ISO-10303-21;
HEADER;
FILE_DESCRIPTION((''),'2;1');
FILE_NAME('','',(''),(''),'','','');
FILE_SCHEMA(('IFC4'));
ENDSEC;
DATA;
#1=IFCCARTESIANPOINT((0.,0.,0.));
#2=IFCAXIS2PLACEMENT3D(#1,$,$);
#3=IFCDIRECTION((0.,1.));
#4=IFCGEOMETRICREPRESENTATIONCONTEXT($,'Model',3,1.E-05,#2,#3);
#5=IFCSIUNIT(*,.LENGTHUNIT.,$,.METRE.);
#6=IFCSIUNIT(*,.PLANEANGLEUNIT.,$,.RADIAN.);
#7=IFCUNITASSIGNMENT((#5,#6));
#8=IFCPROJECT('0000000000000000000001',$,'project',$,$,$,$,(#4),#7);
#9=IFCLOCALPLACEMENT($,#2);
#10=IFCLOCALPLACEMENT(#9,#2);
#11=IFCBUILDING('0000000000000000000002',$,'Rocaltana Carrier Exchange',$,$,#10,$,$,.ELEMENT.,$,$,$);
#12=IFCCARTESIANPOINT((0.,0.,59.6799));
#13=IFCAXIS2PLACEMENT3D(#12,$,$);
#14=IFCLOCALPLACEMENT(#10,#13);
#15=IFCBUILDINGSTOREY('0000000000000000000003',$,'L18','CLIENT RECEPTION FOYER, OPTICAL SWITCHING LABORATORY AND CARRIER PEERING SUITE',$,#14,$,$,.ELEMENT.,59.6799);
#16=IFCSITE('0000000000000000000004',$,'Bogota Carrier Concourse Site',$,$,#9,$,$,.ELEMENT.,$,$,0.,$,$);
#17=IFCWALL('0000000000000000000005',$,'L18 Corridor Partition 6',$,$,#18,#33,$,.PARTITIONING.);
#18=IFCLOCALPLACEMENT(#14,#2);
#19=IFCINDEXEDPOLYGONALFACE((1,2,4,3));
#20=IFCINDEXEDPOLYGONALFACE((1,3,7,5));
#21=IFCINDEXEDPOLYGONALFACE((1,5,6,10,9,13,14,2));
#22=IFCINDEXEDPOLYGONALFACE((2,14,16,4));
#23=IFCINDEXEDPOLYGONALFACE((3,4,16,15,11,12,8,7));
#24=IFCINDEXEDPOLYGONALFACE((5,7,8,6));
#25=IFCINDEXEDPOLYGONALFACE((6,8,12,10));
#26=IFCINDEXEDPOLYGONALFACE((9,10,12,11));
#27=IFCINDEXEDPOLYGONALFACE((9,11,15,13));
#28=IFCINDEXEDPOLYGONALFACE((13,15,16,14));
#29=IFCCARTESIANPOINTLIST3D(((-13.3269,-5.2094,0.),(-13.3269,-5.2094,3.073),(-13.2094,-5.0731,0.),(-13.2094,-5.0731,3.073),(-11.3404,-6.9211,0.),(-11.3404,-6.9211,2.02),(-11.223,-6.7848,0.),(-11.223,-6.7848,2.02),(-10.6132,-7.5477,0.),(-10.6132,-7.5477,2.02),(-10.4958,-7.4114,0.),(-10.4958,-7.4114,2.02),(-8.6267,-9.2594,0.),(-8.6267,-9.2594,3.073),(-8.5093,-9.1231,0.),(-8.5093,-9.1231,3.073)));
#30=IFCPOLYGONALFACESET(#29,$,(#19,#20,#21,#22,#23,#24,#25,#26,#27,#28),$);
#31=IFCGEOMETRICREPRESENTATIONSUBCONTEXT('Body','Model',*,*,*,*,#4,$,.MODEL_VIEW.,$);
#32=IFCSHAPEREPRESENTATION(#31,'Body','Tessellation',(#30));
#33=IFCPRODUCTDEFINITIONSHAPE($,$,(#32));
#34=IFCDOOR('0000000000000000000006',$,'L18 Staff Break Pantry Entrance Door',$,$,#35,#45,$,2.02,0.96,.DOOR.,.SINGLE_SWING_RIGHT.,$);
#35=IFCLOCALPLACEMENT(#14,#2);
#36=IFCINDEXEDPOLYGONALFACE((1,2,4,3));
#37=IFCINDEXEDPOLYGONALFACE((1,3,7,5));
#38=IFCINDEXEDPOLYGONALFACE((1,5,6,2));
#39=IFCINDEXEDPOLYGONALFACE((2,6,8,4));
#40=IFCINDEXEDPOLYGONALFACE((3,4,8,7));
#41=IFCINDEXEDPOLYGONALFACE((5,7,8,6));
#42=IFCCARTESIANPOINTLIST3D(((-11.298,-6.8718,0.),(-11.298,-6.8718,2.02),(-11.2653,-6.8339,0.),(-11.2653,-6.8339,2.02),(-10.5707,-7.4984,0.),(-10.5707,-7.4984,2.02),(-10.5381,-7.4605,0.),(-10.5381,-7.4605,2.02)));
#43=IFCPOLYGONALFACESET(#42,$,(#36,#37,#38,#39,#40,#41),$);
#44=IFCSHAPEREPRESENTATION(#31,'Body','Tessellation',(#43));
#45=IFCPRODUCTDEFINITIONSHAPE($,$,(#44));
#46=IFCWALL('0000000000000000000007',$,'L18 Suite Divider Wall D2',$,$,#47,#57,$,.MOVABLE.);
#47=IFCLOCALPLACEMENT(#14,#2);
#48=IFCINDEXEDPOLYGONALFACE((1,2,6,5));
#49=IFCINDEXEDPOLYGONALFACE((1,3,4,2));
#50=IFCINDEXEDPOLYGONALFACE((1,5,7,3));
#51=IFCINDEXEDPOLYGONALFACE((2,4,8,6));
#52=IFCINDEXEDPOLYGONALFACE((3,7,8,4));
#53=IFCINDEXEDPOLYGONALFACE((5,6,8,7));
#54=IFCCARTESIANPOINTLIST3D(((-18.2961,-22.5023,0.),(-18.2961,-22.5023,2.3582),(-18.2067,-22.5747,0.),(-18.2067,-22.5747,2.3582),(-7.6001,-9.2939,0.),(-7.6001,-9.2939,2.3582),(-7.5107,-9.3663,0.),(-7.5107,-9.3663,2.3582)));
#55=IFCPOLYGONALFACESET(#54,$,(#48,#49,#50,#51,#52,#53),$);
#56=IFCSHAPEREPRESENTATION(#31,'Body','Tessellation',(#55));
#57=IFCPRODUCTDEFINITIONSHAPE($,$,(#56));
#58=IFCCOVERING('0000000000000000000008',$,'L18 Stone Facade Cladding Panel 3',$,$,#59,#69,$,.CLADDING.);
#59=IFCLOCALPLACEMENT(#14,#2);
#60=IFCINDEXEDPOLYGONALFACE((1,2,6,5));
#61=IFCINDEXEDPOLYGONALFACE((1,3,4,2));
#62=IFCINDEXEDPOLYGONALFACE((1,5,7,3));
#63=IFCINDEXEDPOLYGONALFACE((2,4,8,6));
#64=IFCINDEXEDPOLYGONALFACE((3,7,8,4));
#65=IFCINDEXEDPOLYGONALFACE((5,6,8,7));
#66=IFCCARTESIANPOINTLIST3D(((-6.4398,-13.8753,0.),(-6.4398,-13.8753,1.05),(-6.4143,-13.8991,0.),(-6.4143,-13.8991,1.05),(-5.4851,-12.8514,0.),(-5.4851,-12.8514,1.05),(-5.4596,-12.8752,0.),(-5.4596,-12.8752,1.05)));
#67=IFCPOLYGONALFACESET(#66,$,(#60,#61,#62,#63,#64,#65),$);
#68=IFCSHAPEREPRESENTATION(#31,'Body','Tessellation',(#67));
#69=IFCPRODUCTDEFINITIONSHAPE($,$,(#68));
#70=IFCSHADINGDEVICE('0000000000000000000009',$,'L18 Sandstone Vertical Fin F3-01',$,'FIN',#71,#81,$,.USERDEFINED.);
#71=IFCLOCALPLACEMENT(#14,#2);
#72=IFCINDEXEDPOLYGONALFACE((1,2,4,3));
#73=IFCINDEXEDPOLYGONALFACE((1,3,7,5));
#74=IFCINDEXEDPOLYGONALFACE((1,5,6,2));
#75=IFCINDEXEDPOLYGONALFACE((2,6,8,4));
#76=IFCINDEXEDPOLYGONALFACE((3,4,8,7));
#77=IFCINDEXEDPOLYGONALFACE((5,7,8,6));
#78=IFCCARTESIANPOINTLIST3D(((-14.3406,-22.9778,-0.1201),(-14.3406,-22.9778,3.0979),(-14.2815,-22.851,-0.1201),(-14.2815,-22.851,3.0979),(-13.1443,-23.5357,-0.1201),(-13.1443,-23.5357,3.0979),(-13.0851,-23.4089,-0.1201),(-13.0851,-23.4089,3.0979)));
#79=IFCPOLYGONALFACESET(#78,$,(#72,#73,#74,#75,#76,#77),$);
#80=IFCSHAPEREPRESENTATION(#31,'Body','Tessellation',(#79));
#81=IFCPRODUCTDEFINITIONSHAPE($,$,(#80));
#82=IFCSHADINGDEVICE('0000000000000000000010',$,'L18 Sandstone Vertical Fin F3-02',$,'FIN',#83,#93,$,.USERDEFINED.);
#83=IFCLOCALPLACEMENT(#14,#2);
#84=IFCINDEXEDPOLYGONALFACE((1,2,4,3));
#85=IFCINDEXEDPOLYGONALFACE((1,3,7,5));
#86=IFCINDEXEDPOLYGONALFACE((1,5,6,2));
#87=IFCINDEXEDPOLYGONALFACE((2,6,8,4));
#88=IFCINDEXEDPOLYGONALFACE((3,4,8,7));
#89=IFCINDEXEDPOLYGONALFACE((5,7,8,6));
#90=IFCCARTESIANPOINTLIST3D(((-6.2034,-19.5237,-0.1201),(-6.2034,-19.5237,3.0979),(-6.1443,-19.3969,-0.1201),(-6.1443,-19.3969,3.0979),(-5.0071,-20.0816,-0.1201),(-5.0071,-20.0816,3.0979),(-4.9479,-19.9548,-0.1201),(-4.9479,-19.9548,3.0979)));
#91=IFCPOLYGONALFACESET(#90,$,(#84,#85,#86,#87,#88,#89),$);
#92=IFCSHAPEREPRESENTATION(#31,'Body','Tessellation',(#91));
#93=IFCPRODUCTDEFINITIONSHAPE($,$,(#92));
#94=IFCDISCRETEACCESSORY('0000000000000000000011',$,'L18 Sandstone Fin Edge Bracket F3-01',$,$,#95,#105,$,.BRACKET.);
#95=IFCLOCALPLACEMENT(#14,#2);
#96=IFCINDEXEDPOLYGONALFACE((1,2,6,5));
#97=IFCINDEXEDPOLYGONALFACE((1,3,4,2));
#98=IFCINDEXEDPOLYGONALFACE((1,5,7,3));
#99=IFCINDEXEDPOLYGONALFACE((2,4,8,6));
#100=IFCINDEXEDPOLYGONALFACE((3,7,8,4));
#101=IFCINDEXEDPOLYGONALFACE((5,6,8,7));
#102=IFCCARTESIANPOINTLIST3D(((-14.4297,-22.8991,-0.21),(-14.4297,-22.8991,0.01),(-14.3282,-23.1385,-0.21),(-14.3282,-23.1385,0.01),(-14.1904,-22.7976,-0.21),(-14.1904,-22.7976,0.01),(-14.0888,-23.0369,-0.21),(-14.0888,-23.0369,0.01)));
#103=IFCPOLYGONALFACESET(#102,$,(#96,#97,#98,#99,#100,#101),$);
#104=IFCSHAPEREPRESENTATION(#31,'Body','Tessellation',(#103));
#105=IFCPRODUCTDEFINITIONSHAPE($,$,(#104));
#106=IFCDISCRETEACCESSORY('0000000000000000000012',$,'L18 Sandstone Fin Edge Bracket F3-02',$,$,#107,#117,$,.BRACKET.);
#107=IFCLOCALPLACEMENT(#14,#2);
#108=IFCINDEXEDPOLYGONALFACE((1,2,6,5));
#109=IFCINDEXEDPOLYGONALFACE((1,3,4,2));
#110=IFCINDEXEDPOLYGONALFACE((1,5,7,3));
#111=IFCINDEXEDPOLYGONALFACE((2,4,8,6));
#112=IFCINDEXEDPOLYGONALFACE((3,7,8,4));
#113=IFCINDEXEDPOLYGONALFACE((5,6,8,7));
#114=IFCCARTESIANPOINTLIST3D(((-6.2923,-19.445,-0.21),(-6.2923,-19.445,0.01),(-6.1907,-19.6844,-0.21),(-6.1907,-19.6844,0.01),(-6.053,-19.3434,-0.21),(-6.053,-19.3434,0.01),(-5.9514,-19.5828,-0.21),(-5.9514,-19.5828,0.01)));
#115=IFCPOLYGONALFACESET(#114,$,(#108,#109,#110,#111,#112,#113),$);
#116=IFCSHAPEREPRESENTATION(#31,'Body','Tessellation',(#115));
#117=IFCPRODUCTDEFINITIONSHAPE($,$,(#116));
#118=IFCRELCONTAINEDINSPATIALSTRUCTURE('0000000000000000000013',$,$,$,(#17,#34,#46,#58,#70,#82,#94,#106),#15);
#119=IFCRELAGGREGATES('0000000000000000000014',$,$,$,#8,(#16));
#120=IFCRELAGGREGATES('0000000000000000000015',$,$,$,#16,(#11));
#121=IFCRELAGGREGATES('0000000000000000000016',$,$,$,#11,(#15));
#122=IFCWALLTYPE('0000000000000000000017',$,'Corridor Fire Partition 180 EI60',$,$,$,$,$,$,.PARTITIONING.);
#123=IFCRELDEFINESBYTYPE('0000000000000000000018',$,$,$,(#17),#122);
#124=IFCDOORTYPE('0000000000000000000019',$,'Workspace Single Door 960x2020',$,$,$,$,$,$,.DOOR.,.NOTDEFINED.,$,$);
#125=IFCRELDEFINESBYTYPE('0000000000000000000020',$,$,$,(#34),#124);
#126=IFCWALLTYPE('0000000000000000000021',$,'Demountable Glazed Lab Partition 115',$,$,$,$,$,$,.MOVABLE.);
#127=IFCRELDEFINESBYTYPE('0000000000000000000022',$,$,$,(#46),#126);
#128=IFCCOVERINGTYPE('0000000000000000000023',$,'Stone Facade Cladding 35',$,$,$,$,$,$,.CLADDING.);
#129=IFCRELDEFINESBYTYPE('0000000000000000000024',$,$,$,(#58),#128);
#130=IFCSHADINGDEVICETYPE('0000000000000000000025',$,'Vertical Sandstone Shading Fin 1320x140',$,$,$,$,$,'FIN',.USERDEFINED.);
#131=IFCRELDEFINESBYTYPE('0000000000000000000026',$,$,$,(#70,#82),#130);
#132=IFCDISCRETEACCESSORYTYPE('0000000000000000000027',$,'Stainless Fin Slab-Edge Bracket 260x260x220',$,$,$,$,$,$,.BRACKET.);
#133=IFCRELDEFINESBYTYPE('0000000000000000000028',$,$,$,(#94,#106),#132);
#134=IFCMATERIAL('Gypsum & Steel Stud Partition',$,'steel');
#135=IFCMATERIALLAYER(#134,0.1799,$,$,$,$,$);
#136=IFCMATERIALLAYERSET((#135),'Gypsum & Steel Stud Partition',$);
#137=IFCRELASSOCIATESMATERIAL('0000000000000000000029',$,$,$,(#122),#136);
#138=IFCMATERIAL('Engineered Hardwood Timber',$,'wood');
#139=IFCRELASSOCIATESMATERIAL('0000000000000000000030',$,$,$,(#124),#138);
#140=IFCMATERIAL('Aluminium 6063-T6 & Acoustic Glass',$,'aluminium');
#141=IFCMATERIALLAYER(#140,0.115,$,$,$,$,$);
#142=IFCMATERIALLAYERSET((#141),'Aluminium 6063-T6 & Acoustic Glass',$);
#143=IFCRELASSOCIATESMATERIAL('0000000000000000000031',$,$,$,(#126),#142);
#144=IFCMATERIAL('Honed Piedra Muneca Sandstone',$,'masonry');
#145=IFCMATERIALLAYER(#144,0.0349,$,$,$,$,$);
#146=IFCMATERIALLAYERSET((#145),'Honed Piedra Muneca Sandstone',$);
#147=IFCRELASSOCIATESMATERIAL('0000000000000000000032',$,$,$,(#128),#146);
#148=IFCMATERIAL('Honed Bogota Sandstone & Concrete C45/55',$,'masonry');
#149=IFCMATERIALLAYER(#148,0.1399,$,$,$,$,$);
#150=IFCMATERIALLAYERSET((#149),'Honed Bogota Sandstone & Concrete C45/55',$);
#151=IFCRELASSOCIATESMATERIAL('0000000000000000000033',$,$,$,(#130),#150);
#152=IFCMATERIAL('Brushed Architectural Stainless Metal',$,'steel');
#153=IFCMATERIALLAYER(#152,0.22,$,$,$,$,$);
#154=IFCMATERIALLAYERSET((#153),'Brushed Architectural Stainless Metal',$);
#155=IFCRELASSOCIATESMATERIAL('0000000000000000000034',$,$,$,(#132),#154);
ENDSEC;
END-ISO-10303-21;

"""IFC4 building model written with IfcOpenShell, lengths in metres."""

from ifc_helpers import new_model, si_unit, direction, frame, frame_2d, origin, origin_2d, place, context, subcontext, project, spatial, rectangle, extrude, material, layer, layer_set, type_object, element, fill, save


model = new_model("IFC4")

# Units and contexts
model_context = context("Model", 3, precision=1e-05, world=origin(), true_north=direction((0.0, 1.0)))
body_context = subcontext(model_context, "Body", "Model", "MODEL_VIEW")
ifc_project = project(units=[si_unit("LENGTHUNIT", "METRE"), si_unit("PLANEANGLEUNIT", "RADIAN")], contexts=[model_context])

# Site, building, storey
site_placement = place(None, origin())
site = spatial("IfcSite", under=ifc_project, at=site_placement, Name="Bogota Carrier Concourse Site", CompositionType="ELEMENT", RefElevation=0.0)
building_placement = place(site_placement, origin())
building = spatial("IfcBuilding", under=site, at=building_placement, Name="Rocaltana Carrier Exchange", CompositionType="ELEMENT")
storey_placement = place(building_placement, frame((0.0, 0.0, 59.6799)))
storey = spatial("IfcBuildingStorey", under=building, at=storey_placement, Name="L18", Description="CLIENT RECEPTION FOYER, OPTICAL SWITCHING LABORATORY AND CARRIER PEERING SUITE", CompositionType="ELEMENT", Elevation=59.6799)

# Wall, opening, door
ifc_material_1 = material(Name="Gypsum & Steel Stud Partition", Category="steel")
ifc_layer_1 = layer(ifc_material_1, 0.1799)
ifc_layer_set_1 = layer_set([ifc_layer_1], Name="Gypsum & Steel Stud Partition")
wall_type_1 = type_object("IfcWallType", Name="Corridor Fire Partition 180 EI60", PredefinedType="PARTITIONING", material=ifc_layer_set_1)
wall_1_placement = place(storey_placement, frame((-8.5681, -9.1912, 0.0), z_axis=(0.0, 0.0, 1.0), x_axis=(-0.757557, 0.652769, 0.0)))
wall_1 = element("IfcWall", 1, at=wall_1_placement, inside=storey, type_object=wall_type_1, Name="L18 Corridor Partition 6", PredefinedType="PARTITIONING", context=body_context, shape_type="SweptSolid", body=[
    extrude(rectangle(XDim=6.2043, YDim=0.1799, at=frame_2d((3.1021, 0.0))), origin(), (0.0, 0.0, 1.0), 3.073),
])
opening_placement = place(wall_1_placement, frame((2.6221, 0.0, 0.0)))
opening = element("IfcOpeningElement", 2, at=opening_placement, cuts=wall_1, PredefinedType="OPENING", context=body_context, shape_type="SweptSolid", body=[
    extrude(rectangle(XDim=0.96, YDim=2.02, at=frame_2d((0.48, 1.01))), frame((0.0, 0.0999, 0.0), z_axis=(0.0, -1.0, 0.0), x_axis=(1.0, 0.0, 0.0)), (0.0, 0.0, 1.0), 0.2),
])
ifc_material_2 = material(Name="Engineered Hardwood Timber", Category="wood")
door_type = type_object("IfcDoorType", Name="Workspace Single Door 960x2020", OperationType="NOTDEFINED", PredefinedType="DOOR", material=ifc_material_2)
door_placement = place(opening_placement, origin())
door = element("IfcDoor", 3, at=door_placement, inside=storey, type_object=door_type, Name="L18 Staff Break Pantry Entrance Door", OperationType="SINGLE_SWING_RIGHT", OverallHeight=2.02, OverallWidth=0.96, PredefinedType="DOOR", context=body_context, shape_type="SweptSolid", body=[
    extrude(rectangle(XDim=0.96, YDim=2.02, at=frame_2d((0.48, 1.01))), frame((0.0, 0.0249, 0.0), z_axis=(0.0, -1.0, 0.0), x_axis=(1.0, 0.0, 0.0)), (0.0, 0.0, 1.0), 0.05),
])
fill(opening, door)

# Wall
ifc_material_3 = material(Name="Aluminium 6063-T6 & Acoustic Glass", Category="aluminium")
ifc_layer_2 = layer(ifc_material_3, 0.115)
ifc_layer_set_2 = layer_set([ifc_layer_2], Name="Aluminium 6063-T6 & Acoustic Glass")
wall_type_2 = type_object("IfcWallType", Name="Demountable Glazed Lab Partition 115", PredefinedType="MOVABLE", material=ifc_layer_set_2)
wall_2_placement = place(storey_placement, frame((-7.5554, -9.3301, 0.0), z_axis=(0.0, 0.0, 1.0), x_axis=(-0.629321, -0.777146, 0.0)))
element("IfcWall", 4, at=wall_2_placement, inside=storey, type_object=wall_type_2, Name="L18 Suite Divider Wall D2", PredefinedType="MOVABLE", context=body_context, shape_type="SweptSolid", body=[
    extrude(rectangle(XDim=16.9961, YDim=0.115, at=frame_2d((8.498, 0.0))), origin(), (0.0, 0.0, 1.0), 2.3582),
])

# Covering
ifc_material_4 = material(Name="Honed Piedra Muneca Sandstone", Category="masonry")
ifc_layer_3 = layer(ifc_material_4, 0.0349)
ifc_layer_set_3 = layer_set([ifc_layer_3], Name="Honed Piedra Muneca Sandstone")
covering_type = type_object("IfcCoveringType", Name="Stone Facade Cladding 35", PredefinedType="CLADDING", material=ifc_layer_set_3)
covering_placement = place(storey_placement, frame((-5.9497, -13.3752, 0.0), z_axis=(0.0, 0.0, 1.0), x_axis=(0.681998, 0.731354, 0.0)))
element("IfcCovering", 5, at=covering_placement, inside=storey, type_object=covering_type, Name="L18 Stone Facade Cladding Panel 3", PredefinedType="CLADDING", context=body_context, shape_type="SweptSolid", body=[
    extrude(rectangle(XDim=1.3999, YDim=0.0349, at=origin_2d()), origin(), (0.0, 0.0, 1.0), 1.05),
])

# Shading devices
ifc_material_5 = material(Name="Honed Bogota Sandstone & Concrete C45/55", Category="masonry")
ifc_layer_4 = layer(ifc_material_5, 0.1399)
ifc_layer_set_4 = layer_set([ifc_layer_4], Name="Honed Bogota Sandstone & Concrete C45/55")
shading_device_type = type_object("IfcShadingDeviceType", Name="Vertical Sandstone Shading Fin 1320x140", ElementType="FIN", PredefinedType="USERDEFINED", material=ifc_layer_set_4)
for number, where, z_axis, x_axis, name in (
    (6, (-13.7129, -23.1934, -0.1201), (0.0, 0.0, 1.0), (0.906308, -0.422618, 0.0), "L18 Sandstone Vertical Fin F3-01"),
    (7, (-5.5757, -19.7393, -0.1201), (0.0, 0.0, 1.0), (0.906308, -0.422618, 0.0), "L18 Sandstone Vertical Fin F3-02"),
):
    element("IfcShadingDevice", number, at=place(storey_placement, frame(where, z_axis=z_axis, x_axis=x_axis)), inside=storey, type_object=shading_device_type, Name=name, ObjectType="FIN", PredefinedType="USERDEFINED", context=body_context, shape_type="SweptSolid", body=[
        extrude(rectangle(XDim=1.3201, YDim=0.1399, at=origin_2d()), origin(), (0.0, 0.0, 1.0), 3.218),
    ])

# Discrete accessories
ifc_material_6 = material(Name="Brushed Architectural Stainless Metal", Category="steel")
ifc_layer_5 = layer(ifc_material_6, 0.22)
ifc_layer_set_5 = layer_set([ifc_layer_5], Name="Brushed Architectural Stainless Metal")
discrete_accessory_type = type_object("IfcDiscreteAccessoryType", Name="Stainless Fin Slab-Edge Bracket 260x260x220", PredefinedType="BRACKET", material=ifc_layer_set_5)
for number, where, z_axis, x_axis, name in (
    (8, (-14.2593, -22.968, -0.21), (0.0, 0.0, 1.0), (0.920505, 0.390731, 0.0), "L18 Sandstone Fin Edge Bracket F3-01"),
    (9, (-6.1218, -19.5139, -0.21), (0.0, 0.0, 1.0), (0.920505, 0.390731, 0.0), "L18 Sandstone Fin Edge Bracket F3-02"),
):
    element("IfcDiscreteAccessory", number, at=place(storey_placement, frame(where, z_axis=z_axis, x_axis=x_axis)), inside=storey, type_object=discrete_accessory_type, Name=name, PredefinedType="BRACKET", context=body_context, shape_type="SweptSolid", body=[
        extrude(rectangle(XDim=0.26, YDim=0.26, at=origin_2d()), origin(), (0.0, 0.0, 1.0), 0.22),
    ])

save(model, "model.ifc")
